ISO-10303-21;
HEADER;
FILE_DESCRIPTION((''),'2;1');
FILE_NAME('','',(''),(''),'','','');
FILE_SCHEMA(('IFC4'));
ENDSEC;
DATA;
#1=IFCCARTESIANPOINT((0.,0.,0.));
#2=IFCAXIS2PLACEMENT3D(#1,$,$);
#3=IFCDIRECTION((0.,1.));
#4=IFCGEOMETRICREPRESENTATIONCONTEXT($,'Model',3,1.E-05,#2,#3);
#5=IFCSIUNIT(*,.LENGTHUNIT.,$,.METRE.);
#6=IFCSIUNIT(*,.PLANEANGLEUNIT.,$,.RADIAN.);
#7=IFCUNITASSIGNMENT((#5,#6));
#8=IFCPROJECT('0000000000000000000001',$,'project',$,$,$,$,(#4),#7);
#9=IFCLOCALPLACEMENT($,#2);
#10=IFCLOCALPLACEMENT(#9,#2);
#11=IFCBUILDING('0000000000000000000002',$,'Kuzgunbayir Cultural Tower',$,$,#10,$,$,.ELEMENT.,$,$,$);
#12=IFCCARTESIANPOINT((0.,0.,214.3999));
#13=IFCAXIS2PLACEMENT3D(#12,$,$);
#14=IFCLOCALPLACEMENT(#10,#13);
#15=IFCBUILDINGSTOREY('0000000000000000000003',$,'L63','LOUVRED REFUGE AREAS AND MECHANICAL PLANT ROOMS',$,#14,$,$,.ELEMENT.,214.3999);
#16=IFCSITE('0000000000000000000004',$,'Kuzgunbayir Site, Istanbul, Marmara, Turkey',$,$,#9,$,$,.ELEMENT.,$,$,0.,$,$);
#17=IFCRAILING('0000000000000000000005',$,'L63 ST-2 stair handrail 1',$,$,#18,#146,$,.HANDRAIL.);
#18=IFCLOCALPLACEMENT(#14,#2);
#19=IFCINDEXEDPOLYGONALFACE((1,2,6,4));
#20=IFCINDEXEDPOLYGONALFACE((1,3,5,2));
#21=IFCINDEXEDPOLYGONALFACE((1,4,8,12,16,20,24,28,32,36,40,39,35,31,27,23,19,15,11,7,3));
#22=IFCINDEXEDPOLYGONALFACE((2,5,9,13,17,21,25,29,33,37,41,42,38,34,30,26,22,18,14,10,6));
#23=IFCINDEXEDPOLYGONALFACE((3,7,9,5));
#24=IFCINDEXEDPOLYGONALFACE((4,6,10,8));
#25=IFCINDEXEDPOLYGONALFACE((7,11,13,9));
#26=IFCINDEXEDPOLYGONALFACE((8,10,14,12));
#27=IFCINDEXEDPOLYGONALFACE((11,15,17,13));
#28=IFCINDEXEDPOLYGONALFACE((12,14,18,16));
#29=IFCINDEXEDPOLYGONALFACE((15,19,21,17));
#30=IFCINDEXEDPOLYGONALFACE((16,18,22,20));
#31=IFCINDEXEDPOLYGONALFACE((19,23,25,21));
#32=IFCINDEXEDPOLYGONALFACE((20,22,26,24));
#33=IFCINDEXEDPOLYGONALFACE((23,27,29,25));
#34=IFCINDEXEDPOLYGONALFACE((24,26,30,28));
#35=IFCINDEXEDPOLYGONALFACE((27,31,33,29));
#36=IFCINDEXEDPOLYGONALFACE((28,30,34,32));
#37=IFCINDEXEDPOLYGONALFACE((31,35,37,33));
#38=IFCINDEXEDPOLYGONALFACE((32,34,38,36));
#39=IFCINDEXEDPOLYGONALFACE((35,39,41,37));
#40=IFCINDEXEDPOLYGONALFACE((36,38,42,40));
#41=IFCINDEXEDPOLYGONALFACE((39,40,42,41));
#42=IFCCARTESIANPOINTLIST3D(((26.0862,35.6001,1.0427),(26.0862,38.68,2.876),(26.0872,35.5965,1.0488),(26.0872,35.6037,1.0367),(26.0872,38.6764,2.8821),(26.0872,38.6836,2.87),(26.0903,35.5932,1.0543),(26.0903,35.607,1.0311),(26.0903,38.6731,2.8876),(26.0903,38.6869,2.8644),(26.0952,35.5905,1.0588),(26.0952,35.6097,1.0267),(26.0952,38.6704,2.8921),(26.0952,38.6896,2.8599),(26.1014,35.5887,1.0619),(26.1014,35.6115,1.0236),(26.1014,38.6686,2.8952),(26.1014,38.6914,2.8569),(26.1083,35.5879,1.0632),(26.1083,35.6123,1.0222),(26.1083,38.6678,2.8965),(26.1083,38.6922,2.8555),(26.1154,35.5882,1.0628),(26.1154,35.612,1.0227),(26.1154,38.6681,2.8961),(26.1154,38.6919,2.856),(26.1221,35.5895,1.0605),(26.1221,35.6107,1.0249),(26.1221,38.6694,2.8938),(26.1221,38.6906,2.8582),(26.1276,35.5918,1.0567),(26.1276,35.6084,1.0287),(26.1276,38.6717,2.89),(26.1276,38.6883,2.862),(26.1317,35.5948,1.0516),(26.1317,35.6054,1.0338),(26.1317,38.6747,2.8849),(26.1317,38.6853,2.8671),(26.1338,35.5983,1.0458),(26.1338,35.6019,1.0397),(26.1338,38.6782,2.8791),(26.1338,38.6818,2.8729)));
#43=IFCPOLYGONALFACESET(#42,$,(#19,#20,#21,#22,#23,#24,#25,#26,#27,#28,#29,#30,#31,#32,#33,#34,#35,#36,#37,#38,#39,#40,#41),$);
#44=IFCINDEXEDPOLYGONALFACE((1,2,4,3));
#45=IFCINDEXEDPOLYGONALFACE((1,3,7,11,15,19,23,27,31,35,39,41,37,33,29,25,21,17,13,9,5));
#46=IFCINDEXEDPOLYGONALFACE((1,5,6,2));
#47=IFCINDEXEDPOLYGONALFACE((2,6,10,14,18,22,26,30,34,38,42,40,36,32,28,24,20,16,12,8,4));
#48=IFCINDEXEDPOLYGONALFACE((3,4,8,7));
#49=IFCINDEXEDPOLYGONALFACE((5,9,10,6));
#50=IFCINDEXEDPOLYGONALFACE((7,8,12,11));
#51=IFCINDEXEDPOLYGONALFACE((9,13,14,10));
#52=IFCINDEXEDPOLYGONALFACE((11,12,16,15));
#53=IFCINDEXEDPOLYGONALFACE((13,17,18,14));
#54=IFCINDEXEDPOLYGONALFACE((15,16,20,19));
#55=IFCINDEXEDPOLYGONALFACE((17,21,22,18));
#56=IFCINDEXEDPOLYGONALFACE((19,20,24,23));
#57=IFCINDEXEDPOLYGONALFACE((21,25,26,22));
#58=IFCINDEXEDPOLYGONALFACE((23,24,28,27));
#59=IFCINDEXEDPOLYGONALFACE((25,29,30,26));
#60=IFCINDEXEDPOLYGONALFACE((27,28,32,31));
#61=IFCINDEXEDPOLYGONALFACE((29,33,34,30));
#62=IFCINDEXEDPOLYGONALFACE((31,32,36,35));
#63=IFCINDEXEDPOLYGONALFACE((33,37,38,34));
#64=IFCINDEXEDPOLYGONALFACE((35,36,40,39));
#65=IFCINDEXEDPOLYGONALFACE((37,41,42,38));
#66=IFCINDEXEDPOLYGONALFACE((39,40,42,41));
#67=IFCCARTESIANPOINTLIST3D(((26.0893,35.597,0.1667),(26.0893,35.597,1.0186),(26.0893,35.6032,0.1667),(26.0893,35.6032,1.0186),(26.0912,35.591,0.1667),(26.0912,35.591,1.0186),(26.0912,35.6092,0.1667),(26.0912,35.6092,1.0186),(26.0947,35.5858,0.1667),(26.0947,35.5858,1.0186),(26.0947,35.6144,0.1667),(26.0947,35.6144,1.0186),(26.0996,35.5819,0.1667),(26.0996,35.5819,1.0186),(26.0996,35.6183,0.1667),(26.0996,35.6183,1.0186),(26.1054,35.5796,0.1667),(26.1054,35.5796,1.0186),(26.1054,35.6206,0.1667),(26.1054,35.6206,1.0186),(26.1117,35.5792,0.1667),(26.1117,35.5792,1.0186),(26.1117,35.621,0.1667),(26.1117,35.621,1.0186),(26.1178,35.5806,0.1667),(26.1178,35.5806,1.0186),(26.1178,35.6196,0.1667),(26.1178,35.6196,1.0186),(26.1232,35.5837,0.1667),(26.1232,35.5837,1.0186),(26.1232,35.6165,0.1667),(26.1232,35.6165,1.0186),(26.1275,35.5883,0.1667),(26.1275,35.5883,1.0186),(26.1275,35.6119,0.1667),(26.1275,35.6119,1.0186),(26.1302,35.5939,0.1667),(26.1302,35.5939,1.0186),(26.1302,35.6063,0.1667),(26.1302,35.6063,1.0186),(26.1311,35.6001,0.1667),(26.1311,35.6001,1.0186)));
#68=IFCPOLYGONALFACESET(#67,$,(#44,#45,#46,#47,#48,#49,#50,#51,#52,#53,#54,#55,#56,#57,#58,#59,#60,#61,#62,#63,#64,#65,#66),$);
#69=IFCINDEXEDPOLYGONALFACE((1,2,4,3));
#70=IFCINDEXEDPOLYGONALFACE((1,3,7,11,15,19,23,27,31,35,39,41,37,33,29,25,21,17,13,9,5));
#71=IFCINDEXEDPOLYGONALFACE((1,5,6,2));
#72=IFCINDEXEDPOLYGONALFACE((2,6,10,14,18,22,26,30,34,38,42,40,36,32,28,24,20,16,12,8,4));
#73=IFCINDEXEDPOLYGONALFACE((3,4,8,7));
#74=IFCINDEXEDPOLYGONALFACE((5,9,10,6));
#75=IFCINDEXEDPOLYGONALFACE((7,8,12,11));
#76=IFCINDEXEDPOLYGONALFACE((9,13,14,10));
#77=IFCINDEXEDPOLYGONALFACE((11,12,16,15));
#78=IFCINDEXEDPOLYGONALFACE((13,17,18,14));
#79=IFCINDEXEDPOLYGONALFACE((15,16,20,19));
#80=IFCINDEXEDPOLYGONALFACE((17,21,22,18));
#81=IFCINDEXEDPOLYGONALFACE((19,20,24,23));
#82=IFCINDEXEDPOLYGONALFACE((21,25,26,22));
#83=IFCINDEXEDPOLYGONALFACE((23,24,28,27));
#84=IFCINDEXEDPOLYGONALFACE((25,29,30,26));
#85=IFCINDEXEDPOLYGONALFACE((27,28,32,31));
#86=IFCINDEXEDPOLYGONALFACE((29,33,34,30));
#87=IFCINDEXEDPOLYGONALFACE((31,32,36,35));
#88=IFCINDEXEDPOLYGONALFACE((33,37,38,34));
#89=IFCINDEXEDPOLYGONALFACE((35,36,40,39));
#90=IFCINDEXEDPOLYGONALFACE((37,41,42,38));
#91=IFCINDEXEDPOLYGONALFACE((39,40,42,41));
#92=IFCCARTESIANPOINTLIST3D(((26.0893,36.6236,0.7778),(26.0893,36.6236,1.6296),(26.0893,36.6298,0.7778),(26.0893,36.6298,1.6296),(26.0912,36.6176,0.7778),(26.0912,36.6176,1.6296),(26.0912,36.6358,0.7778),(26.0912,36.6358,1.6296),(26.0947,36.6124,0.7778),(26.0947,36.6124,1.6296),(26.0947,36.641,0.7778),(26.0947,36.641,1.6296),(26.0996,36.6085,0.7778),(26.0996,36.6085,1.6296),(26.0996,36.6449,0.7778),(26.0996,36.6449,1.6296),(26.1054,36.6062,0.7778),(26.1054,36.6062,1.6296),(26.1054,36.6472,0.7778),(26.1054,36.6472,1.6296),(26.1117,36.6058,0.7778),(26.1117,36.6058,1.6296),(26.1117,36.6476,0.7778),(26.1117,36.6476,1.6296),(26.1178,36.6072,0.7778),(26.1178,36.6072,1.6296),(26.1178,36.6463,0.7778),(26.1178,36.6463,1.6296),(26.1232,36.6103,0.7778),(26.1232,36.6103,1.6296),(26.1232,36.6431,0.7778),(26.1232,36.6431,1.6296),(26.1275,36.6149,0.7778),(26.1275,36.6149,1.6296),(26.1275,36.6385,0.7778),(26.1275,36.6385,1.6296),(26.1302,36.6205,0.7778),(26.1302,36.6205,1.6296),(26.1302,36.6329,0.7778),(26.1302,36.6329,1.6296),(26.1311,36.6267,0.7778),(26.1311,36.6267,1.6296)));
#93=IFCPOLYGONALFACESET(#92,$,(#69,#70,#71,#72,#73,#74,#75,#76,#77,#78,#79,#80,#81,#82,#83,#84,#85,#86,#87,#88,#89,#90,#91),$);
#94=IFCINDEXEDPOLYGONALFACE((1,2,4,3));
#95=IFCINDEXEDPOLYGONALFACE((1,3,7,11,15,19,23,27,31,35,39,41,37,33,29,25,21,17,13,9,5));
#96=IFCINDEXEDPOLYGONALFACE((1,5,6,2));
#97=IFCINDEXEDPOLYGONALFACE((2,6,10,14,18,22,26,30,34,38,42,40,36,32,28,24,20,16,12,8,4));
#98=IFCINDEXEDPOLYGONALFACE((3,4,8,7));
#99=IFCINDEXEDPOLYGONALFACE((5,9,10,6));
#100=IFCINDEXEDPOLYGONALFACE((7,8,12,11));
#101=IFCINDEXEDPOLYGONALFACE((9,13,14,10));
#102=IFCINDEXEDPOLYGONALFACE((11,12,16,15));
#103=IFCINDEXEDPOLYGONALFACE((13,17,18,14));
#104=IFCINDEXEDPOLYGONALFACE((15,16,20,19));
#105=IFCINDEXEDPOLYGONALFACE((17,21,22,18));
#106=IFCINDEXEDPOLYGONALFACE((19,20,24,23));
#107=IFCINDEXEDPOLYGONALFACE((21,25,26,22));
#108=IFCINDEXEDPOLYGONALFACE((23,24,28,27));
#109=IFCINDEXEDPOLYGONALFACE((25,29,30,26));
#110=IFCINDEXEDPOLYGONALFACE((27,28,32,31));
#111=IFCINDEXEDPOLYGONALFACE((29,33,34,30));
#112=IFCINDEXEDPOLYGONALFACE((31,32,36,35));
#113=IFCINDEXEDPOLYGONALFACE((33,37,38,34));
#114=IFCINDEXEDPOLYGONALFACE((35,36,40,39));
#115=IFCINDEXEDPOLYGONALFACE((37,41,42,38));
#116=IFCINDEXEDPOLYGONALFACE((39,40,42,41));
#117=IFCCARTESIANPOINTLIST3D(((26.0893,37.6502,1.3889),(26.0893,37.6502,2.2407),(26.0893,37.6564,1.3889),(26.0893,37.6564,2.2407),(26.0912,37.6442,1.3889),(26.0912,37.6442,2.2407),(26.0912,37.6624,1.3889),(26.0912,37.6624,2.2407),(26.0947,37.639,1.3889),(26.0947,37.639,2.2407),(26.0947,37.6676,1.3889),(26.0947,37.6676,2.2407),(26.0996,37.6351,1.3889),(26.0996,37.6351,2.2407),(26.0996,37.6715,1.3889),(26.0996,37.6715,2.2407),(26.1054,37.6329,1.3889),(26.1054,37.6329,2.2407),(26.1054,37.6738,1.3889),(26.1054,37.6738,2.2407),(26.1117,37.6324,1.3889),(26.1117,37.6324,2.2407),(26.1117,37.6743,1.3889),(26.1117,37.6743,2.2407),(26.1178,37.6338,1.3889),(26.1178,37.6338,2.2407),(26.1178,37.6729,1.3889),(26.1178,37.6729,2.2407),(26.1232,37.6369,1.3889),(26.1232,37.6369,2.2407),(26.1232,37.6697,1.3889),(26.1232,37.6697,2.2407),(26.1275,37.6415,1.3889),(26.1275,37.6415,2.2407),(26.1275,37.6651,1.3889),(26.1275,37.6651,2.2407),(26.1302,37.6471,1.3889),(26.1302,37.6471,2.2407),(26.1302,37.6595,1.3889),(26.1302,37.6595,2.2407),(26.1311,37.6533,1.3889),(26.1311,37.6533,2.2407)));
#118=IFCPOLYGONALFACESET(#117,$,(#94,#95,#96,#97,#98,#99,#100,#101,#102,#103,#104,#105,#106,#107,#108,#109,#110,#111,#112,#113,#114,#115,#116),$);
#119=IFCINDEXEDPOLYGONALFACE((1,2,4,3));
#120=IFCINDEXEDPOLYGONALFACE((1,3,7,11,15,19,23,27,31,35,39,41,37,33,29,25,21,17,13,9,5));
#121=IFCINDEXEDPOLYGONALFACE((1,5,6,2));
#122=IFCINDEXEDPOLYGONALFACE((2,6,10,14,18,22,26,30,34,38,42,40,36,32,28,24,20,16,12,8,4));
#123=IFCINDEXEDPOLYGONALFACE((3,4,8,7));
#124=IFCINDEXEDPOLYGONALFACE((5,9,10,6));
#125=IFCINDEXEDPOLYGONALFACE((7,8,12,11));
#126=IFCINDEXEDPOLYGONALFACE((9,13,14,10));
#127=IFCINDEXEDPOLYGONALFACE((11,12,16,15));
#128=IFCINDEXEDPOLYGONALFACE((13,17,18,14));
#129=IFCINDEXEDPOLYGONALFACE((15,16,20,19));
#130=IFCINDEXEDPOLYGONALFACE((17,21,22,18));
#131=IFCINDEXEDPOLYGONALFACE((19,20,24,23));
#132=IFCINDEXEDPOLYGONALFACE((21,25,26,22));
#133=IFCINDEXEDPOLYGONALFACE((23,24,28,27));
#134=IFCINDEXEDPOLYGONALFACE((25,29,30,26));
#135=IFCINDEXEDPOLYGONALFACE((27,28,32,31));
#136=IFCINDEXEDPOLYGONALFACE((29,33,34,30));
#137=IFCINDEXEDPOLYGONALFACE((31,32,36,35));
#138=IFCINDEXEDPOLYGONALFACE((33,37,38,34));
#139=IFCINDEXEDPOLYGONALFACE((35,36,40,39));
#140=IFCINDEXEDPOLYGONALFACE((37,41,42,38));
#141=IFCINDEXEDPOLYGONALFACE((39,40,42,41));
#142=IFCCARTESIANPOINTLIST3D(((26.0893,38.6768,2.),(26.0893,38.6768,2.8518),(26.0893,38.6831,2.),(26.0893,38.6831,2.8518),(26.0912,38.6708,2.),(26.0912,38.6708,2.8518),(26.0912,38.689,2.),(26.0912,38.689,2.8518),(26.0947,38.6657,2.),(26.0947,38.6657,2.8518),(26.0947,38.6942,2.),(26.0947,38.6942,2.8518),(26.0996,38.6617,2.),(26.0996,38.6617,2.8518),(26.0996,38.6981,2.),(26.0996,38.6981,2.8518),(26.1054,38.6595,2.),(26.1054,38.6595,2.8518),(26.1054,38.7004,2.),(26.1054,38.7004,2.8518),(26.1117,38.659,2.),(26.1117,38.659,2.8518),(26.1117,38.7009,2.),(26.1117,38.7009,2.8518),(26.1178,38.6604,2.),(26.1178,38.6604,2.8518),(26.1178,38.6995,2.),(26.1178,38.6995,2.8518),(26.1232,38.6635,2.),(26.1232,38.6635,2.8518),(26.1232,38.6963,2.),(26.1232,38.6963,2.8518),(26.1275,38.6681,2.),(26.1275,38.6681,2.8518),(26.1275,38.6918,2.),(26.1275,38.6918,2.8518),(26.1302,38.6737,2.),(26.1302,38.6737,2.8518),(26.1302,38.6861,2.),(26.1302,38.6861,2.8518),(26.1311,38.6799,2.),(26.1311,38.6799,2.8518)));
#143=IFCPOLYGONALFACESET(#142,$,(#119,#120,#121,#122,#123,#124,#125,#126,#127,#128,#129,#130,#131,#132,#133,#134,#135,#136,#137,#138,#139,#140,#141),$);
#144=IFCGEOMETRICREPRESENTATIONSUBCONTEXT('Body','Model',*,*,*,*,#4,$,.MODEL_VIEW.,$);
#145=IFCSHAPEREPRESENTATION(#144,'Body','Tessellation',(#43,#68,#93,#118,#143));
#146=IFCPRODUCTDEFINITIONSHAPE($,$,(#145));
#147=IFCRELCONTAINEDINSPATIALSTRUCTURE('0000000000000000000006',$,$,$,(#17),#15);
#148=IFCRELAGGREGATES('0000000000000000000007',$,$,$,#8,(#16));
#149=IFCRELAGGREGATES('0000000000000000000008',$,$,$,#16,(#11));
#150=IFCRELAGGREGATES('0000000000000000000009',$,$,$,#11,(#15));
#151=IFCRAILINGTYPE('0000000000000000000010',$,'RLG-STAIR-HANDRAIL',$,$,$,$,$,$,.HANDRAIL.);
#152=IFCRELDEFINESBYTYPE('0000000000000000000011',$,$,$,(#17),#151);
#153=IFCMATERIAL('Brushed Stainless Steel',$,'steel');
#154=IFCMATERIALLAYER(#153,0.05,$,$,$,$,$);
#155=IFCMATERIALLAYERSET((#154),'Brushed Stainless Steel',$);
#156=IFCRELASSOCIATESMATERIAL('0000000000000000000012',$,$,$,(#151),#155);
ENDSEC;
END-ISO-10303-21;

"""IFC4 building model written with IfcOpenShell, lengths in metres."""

from ifc_helpers import new_model, si_unit, direction, frame, origin, origin_2d, place, context, subcontext, project, spatial, circle, extrude, material, layer, layer_set, type_object, element, save


model = new_model("IFC4")

# Units and contexts
model_context = context("Model", 3, precision=1e-05, world=origin(), true_north=direction((0.0, 1.0)))
body_context = subcontext(model_context, "Body", "Model", "MODEL_VIEW")
ifc_project = project(units=[si_unit("LENGTHUNIT", "METRE"), si_unit("PLANEANGLEUNIT", "RADIAN")], contexts=[model_context])

# Site, building, storey
site_placement = place(None, origin())
site = spatial("IfcSite", under=ifc_project, at=site_placement, Name="Kuzgunbayir Site, Istanbul, Marmara, Turkey", CompositionType="ELEMENT", RefElevation=0.0)
building_placement = place(site_placement, origin())
building = spatial("IfcBuilding", under=site, at=building_placement, Name="Kuzgunbayir Cultural Tower", CompositionType="ELEMENT")
storey_placement = place(building_placement, frame((0.0, 0.0, 214.3999)))
storey = spatial("IfcBuildingStorey", under=building, at=storey_placement, Name="L63", Description="LOUVRED REFUGE AREAS AND MECHANICAL PLANT ROOMS", CompositionType="ELEMENT", Elevation=214.3999)

# Railing
ifc_material_1 = material(Name="Brushed Stainless Steel", Category="steel")
ifc_layer_1 = layer(ifc_material_1, 0.05)
ifc_layer_set_1 = layer_set([ifc_layer_1], Name="Brushed Stainless Steel")
railing_type_1 = type_object("IfcRailingType", Name="RLG-STAIR-HANDRAIL", PredefinedType="HANDRAIL", material=ifc_layer_set_1)
railing_1_placement = place(storey_placement, frame((26.1101, 35.6001, 0.1667)))
element("IfcRailing", 1, at=railing_1_placement, inside=storey, type_object=railing_type_1, Name="L63 ST-2 stair handrail 1", PredefinedType="HANDRAIL", context=body_context, shape_type="SweptSolid", body=[
    extrude(circle(Radius=0.0239, at=origin_2d()), frame((0.0, 0.0, 0.876), z_axis=(0.0, 0.859291, 0.511487), x_axis=(-1.0, 0.0, 0.0)), (0.0, 0.0, 1.0), 3.5842),
    extrude(circle(Radius=0.021, at=origin_2d()), origin(), (0.0, 0.0, 1.0), 0.8518),
    extrude(circle(Radius=0.021, at=origin_2d()), frame((0.0, 1.0266, 0.6111)), (0.0, 0.0, 1.0), 0.8518),
    extrude(circle(Radius=0.021, at=origin_2d()), frame((0.0, 2.0532, 1.2222)), (0.0, 0.0, 1.0), 0.8518),
    extrude(circle(Radius=0.021, at=origin_2d()), frame((0.0, 3.0798, 1.8333)), (0.0, 0.0, 1.0), 0.8518),
])

save(model, "model.ifc")
